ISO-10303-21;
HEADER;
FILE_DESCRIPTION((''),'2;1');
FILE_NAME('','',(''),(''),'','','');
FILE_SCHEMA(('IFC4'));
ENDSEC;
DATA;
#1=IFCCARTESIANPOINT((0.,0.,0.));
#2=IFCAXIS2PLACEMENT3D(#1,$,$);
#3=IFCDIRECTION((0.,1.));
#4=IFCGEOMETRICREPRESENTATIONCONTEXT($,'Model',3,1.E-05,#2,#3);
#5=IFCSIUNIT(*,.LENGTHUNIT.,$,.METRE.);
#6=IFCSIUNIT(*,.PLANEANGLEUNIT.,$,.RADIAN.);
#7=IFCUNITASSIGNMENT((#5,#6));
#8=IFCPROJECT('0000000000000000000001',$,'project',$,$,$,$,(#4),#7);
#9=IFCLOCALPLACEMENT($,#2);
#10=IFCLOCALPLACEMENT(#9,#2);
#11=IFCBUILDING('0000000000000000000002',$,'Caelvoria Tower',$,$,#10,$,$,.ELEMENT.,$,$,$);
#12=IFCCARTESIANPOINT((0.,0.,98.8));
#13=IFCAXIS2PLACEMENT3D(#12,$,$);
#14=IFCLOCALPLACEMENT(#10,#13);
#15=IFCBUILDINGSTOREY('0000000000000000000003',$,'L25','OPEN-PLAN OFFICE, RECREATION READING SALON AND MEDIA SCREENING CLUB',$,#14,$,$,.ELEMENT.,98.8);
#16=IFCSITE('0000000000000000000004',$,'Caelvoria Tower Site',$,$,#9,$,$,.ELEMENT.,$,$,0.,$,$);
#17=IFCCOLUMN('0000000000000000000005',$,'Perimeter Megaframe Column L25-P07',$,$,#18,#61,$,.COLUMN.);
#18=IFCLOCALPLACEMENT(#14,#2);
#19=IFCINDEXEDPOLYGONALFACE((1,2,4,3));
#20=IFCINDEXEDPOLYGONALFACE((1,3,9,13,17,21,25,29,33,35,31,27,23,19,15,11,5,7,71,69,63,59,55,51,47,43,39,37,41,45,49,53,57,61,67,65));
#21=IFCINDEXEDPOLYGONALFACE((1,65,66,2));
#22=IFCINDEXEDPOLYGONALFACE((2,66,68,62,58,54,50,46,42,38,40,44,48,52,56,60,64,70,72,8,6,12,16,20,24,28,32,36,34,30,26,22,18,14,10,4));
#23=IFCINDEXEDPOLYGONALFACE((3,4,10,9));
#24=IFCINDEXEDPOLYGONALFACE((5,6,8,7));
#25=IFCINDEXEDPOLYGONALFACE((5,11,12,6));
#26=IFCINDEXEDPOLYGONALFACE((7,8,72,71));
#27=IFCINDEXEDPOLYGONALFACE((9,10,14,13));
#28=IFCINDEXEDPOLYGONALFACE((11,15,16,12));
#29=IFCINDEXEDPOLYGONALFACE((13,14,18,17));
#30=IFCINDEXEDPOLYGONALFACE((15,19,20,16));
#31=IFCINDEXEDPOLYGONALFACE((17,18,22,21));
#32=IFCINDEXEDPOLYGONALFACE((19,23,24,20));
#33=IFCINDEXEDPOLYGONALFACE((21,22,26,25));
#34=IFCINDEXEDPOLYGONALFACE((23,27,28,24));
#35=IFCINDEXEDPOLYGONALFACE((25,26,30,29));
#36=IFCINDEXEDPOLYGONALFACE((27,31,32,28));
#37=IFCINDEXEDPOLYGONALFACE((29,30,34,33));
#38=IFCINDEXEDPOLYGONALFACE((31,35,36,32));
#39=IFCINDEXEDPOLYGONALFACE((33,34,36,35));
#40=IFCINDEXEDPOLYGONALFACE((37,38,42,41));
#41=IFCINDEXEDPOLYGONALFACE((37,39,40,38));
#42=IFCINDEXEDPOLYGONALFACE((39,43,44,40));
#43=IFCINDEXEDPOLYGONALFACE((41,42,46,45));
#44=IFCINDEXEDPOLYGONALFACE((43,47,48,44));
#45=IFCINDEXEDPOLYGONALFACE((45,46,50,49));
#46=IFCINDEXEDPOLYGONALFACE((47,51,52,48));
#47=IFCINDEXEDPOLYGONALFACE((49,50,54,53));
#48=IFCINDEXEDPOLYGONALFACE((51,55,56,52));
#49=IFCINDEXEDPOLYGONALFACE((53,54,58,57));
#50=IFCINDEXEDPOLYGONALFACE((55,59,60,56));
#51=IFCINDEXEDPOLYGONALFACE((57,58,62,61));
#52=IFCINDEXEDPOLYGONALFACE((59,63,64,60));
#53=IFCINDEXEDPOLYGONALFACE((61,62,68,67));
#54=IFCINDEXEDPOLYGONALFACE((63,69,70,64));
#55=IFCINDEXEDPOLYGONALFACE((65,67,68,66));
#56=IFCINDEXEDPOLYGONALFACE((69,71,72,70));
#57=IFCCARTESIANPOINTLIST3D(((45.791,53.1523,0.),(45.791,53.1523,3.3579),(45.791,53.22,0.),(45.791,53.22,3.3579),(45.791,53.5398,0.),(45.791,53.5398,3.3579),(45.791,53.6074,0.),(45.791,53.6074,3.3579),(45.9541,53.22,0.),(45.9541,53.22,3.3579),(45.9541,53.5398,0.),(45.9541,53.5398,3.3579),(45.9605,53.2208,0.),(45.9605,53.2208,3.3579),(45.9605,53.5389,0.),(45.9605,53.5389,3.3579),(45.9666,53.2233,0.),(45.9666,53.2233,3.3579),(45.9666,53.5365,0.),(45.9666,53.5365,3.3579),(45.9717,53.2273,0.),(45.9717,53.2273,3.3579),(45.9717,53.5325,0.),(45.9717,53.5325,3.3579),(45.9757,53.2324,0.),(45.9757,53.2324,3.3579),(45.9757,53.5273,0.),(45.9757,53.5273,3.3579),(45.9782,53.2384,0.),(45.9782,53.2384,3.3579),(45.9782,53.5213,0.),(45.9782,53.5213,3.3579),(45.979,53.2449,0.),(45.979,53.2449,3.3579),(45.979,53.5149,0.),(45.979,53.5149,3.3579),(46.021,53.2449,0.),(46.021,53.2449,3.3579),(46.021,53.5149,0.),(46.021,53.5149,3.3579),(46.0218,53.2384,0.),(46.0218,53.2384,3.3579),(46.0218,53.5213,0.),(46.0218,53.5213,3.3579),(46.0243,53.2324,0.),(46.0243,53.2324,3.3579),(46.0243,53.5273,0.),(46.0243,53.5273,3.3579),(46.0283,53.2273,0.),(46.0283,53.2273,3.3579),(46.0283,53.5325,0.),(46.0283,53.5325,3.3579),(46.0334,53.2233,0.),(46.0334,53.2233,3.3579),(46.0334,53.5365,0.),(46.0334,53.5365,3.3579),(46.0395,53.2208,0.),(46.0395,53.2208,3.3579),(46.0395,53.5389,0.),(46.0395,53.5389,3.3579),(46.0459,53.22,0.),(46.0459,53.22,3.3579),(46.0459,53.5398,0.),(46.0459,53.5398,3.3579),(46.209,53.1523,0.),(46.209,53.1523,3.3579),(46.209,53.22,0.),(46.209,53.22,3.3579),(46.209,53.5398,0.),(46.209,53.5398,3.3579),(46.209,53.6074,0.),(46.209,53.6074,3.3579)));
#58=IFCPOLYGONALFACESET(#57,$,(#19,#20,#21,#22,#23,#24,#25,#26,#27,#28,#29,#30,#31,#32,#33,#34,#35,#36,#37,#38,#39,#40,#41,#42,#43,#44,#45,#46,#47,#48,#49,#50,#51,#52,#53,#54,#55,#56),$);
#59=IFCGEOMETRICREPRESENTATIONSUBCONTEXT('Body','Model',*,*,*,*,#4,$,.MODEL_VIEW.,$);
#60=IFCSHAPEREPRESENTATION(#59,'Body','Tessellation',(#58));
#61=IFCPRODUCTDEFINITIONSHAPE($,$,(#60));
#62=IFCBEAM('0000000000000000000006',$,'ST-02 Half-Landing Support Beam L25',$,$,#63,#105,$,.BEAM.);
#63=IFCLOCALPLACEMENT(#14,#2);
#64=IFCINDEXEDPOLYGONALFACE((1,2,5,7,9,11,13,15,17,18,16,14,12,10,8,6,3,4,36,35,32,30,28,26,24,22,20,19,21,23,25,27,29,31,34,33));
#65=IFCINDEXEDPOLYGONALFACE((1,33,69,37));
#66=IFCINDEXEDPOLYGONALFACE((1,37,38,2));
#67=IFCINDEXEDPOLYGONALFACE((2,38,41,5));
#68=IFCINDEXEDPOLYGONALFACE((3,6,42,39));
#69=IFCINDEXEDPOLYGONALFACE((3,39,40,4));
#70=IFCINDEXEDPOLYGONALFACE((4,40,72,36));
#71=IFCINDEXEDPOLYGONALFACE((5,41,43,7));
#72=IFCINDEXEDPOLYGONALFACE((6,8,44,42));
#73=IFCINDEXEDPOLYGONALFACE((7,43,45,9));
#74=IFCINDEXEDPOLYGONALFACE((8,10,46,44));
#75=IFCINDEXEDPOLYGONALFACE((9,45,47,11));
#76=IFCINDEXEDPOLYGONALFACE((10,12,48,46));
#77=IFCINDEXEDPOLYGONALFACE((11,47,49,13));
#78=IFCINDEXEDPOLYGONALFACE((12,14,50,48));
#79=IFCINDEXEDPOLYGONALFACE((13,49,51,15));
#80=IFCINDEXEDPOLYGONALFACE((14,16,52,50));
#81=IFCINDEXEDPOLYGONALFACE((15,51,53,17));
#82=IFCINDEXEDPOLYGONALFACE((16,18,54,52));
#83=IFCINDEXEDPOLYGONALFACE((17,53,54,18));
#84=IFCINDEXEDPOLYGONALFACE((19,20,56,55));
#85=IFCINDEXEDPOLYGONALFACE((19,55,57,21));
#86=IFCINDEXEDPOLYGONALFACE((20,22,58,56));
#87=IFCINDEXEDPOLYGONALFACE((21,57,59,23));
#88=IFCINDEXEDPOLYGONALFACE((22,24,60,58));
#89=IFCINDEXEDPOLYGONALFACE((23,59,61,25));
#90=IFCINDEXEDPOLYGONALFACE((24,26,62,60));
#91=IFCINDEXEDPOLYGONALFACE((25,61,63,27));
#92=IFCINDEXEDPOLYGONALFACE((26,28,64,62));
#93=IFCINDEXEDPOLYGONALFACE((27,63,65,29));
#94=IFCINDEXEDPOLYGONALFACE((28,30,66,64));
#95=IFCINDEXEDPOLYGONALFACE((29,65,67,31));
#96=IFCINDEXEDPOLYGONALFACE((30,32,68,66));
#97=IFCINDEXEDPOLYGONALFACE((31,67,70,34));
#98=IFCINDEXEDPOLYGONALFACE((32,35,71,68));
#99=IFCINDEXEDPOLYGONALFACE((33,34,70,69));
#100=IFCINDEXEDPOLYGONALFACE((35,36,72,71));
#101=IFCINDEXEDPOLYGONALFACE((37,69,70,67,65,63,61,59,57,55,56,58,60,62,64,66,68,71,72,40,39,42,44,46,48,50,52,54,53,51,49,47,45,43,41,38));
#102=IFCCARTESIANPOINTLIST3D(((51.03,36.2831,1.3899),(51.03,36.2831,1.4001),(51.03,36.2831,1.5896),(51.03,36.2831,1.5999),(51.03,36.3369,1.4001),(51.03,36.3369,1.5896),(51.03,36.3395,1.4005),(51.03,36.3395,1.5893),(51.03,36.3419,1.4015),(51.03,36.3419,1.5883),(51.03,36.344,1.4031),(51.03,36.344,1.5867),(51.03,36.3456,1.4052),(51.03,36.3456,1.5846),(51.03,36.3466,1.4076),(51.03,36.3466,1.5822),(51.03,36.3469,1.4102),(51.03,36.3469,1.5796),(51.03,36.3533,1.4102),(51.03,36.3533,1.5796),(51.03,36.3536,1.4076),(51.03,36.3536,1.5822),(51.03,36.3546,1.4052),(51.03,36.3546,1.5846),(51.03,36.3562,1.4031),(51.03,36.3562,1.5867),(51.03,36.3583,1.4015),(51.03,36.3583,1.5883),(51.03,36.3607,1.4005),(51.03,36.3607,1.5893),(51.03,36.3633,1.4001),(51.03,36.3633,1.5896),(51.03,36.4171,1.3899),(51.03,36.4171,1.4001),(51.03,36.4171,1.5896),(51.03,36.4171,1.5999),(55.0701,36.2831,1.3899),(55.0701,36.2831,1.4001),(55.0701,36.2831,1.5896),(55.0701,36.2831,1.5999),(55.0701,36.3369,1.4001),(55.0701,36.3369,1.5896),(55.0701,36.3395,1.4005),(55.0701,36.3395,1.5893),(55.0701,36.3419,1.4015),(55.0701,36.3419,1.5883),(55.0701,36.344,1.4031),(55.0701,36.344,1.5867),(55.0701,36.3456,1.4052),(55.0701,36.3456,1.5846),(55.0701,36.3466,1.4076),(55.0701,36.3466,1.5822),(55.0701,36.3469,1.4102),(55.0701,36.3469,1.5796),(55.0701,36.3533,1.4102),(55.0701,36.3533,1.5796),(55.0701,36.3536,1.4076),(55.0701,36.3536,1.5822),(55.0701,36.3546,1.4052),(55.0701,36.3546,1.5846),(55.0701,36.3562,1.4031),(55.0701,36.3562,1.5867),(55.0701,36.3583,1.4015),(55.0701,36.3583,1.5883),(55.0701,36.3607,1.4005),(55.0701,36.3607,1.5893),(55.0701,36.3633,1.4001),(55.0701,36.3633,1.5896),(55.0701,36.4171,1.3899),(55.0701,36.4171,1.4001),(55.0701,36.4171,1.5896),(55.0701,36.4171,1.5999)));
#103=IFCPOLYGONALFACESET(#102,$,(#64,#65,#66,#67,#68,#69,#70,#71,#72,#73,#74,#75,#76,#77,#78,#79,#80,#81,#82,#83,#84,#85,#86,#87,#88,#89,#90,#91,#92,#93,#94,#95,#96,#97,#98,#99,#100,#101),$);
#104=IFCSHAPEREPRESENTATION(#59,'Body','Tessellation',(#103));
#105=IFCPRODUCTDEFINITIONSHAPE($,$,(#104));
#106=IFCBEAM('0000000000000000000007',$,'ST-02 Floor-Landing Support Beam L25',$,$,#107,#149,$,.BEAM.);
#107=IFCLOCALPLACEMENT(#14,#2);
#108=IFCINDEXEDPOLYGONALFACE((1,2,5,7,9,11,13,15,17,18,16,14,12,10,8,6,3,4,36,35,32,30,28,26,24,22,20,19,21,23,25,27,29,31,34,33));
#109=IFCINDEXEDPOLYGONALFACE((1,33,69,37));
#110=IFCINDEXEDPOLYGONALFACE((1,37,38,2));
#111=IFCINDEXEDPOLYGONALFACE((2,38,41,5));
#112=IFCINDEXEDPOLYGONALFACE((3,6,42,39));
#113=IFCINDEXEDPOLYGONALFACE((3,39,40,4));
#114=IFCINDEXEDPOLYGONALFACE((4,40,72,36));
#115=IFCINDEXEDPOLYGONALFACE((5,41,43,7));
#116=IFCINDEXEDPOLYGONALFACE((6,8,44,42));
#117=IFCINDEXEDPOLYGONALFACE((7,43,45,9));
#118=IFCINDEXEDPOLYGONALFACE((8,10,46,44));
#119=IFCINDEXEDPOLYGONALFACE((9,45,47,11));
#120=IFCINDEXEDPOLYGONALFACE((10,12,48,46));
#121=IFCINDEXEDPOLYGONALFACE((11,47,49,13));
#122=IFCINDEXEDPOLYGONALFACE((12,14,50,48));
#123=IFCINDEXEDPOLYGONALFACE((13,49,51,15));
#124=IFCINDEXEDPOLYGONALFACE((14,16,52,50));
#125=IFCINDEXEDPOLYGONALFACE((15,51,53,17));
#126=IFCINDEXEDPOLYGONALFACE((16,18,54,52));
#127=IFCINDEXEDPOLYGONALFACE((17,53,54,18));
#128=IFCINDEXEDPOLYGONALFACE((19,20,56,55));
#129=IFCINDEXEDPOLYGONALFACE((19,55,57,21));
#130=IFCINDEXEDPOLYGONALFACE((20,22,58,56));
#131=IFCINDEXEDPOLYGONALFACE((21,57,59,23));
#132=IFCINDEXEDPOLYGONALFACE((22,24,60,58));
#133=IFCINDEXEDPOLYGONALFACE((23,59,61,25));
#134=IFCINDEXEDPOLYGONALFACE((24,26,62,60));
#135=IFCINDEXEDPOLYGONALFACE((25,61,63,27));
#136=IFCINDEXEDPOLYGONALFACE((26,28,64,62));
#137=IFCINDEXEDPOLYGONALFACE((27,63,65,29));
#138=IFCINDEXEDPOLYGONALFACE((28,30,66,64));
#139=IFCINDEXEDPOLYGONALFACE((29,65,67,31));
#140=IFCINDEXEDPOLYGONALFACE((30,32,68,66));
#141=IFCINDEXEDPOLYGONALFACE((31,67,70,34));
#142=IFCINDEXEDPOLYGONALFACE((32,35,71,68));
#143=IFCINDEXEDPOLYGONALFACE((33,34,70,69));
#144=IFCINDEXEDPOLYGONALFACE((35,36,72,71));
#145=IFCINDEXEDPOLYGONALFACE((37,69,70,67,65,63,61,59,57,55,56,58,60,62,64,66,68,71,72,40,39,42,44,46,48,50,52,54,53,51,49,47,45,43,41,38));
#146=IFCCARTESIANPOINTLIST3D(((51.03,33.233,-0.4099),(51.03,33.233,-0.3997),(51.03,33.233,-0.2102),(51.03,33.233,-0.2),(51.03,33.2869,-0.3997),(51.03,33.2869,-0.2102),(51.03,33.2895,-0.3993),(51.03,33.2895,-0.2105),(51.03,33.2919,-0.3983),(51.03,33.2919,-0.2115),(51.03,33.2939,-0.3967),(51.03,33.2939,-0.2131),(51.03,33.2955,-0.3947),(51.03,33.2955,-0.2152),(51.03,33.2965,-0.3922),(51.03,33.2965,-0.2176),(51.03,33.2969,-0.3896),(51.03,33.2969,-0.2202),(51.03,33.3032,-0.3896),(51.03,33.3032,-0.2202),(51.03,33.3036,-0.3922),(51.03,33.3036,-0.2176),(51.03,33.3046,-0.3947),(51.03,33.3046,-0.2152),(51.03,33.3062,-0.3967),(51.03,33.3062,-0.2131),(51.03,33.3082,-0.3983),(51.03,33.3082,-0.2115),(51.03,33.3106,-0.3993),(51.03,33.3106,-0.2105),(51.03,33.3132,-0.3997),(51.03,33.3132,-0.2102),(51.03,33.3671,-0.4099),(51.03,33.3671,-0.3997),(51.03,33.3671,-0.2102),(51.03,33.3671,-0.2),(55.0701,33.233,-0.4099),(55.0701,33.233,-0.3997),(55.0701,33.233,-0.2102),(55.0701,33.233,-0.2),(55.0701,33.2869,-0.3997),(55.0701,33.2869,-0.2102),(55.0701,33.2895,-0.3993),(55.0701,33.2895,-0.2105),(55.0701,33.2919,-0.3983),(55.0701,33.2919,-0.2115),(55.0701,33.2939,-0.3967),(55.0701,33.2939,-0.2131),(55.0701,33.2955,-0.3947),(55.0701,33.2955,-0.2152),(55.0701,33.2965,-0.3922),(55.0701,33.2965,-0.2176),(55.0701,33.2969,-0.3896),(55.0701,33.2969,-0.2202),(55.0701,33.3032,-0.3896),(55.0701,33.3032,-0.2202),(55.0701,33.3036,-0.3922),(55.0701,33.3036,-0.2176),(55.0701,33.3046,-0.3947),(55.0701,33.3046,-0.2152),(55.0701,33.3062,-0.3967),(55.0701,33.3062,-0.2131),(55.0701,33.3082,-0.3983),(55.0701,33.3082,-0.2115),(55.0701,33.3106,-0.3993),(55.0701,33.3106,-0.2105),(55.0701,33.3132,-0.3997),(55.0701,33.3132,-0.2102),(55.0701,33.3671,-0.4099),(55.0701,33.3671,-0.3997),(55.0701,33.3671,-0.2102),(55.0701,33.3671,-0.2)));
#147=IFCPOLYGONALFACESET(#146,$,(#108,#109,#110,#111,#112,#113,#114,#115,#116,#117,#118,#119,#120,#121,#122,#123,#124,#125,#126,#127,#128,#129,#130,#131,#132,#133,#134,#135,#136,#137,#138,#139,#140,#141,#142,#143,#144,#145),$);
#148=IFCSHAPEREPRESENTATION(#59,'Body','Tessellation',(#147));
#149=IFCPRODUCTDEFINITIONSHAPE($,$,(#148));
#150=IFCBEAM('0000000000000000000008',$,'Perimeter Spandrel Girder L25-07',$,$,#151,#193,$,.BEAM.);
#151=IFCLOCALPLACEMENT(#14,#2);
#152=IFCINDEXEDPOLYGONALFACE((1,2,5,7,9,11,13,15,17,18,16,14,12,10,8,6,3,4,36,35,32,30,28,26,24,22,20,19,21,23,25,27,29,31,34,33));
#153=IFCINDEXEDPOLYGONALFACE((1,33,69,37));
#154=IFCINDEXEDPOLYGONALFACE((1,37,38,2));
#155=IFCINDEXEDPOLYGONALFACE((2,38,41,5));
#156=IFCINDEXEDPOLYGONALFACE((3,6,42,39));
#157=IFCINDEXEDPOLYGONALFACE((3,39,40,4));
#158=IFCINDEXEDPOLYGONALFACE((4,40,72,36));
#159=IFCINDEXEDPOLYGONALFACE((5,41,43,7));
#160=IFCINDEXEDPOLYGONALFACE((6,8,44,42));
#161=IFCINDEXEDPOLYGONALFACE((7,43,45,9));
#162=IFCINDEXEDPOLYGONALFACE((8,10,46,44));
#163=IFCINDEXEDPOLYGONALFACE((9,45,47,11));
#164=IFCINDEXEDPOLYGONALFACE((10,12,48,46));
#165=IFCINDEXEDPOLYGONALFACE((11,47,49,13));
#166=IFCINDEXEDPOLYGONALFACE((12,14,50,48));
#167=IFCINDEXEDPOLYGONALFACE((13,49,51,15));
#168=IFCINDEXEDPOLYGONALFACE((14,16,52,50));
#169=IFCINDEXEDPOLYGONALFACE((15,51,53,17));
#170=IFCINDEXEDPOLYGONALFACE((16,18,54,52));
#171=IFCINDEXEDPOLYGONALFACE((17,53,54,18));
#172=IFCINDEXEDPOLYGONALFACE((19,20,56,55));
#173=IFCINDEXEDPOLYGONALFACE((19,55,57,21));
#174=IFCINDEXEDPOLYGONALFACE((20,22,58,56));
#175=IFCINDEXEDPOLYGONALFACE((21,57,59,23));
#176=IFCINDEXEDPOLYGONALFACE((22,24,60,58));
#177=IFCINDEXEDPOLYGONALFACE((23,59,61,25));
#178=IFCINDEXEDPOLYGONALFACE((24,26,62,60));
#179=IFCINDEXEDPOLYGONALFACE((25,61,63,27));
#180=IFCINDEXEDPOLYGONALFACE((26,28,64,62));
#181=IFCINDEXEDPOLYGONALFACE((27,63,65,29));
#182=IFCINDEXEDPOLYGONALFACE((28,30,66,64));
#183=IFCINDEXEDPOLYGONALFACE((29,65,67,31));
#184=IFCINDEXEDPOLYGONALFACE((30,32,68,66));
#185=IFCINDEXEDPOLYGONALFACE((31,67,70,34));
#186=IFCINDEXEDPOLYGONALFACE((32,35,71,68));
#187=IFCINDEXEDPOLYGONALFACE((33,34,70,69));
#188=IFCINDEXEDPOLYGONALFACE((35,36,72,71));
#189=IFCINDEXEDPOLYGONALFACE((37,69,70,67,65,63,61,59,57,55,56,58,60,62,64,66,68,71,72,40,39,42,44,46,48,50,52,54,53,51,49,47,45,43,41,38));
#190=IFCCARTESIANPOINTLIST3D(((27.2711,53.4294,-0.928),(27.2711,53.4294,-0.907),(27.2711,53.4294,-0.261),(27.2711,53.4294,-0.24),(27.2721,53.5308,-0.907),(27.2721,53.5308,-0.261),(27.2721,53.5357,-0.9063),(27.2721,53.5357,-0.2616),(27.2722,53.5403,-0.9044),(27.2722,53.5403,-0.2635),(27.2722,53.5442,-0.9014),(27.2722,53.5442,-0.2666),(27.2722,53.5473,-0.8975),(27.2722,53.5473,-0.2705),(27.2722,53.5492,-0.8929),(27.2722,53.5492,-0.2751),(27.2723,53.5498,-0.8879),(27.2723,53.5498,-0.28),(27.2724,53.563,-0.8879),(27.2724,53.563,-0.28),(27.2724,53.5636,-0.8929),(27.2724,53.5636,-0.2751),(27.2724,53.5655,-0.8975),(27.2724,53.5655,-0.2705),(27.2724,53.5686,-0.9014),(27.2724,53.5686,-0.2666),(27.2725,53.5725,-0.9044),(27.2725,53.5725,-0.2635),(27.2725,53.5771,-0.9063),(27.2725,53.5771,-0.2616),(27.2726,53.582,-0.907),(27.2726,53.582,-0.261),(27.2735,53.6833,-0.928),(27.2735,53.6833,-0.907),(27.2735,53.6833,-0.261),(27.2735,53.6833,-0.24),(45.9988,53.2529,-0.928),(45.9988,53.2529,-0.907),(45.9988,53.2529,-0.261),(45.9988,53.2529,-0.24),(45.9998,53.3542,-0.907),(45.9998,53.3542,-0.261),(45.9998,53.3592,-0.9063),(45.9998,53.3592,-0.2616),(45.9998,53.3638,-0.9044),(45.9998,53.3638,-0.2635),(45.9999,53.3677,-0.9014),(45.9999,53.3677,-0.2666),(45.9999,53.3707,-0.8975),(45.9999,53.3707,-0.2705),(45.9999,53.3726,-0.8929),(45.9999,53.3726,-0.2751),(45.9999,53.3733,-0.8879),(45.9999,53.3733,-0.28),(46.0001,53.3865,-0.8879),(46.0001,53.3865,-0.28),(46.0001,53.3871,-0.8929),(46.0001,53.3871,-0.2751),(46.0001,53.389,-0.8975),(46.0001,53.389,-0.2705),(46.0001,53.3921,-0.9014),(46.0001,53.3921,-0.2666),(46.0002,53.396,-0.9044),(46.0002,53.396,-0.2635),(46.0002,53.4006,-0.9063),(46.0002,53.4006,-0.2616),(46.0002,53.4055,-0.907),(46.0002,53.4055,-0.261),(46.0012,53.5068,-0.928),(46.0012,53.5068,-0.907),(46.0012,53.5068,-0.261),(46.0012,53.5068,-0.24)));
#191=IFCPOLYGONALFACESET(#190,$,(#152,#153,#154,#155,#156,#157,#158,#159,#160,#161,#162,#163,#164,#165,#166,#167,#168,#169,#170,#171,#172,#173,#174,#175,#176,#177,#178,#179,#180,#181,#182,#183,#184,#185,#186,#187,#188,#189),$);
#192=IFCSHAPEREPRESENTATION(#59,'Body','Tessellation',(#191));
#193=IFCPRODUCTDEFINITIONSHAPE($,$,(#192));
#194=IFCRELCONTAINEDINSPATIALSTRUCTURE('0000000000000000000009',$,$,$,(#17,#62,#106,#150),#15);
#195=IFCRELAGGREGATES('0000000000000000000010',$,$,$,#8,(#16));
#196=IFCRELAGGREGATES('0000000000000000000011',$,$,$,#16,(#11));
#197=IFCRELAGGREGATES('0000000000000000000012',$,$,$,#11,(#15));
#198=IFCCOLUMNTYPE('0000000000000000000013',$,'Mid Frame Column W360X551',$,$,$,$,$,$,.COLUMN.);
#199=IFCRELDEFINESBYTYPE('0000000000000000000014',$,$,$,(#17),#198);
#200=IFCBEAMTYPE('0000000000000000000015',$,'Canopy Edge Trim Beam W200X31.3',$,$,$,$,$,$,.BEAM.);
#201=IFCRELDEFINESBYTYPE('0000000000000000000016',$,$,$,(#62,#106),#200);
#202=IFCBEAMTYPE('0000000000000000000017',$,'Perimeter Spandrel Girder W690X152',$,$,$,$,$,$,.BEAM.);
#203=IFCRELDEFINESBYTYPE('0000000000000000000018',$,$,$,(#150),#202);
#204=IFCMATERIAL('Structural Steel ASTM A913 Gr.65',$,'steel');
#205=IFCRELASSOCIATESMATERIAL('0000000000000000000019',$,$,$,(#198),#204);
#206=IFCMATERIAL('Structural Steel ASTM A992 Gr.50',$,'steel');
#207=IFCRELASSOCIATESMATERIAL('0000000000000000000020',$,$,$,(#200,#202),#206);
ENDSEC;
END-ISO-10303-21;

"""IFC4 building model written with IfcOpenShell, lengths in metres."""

from ifc_helpers import new_model, si_unit, direction, frame, origin, origin_2d, place, context, subcontext, project, spatial, i_section, extrude, material, material_profile, profile_set, type_object, element, save


model = new_model("IFC4")

# Units and contexts
model_context = context("Model", 3, precision=1e-05, world=origin(), true_north=direction((0.0, 1.0)))
body_context = subcontext(model_context, "Body", "Model", "MODEL_VIEW")
ifc_project = project(units=[si_unit("LENGTHUNIT", "METRE"), si_unit("PLANEANGLEUNIT", "RADIAN")], contexts=[model_context])

# Site, building, storey
site_placement = place(None, origin())
site = spatial("IfcSite", under=ifc_project, at=site_placement, Name="Caelvoria Tower Site", CompositionType="ELEMENT", RefElevation=0.0)
building_placement = place(site_placement, origin())
building = spatial("IfcBuilding", under=site, at=building_placement, Name="Caelvoria Tower", CompositionType="ELEMENT")
storey_placement = place(building_placement, frame((0.0, 0.0, 98.8)))
storey = spatial("IfcBuildingStorey", under=building, at=storey_placement, Name="L25", Description="OPEN-PLAN OFFICE, RECREATION READING SALON AND MEDIA SCREENING CLUB", CompositionType="ELEMENT", Elevation=98.8)

# Column
ifc_material_1 = material(Name="Structural Steel ASTM A913 Gr.65", Category="steel")
ifc_material_profile_1 = material_profile(ifc_material_1, i_section(OverallWidth=0.418, OverallDepth=0.4551, WebThickness=0.042, FlangeThickness=0.0676, FilletRadius=0.0249, at=origin_2d()), Name="Structural Steel ASTM A913 Gr.65")
ifc_profile_set_1 = profile_set([ifc_material_profile_1], Name="W360X551 - Structural Steel ASTM A913 Gr.65")
column_type = type_object("IfcColumnType", Name="Mid Frame Column W360X551", PredefinedType="COLUMN", material=ifc_profile_set_1)
column_placement = place(storey_placement, frame((46.0, 53.3799, 0.0), z_axis=(0.0, 0.0, 1.0), x_axis=(1.0, 0.0, 0.0)))
element("IfcColumn", 1, at=column_placement, inside=storey, type_object=column_type, Name="Perimeter Megaframe Column L25-P07", PredefinedType="COLUMN", context=body_context, shape_type="SweptSolid", body=[
    extrude(i_section(OverallWidth=0.418, OverallDepth=0.4551, WebThickness=0.042, FlangeThickness=0.0676, FilletRadius=0.0249, at=origin_2d()), origin(), (0.0, 0.0, 1.0), 3.3579),
])

# Beams
ifc_material_2 = material(Name="Structural Steel ASTM A992 Gr.50", Category="steel")
ifc_material_profile_2 = material_profile(ifc_material_2, i_section(OverallWidth=0.134, OverallDepth=0.21, WebThickness=0.0063, FlangeThickness=0.0103, FilletRadius=0.01, at=origin_2d()), Name="Structural Steel ASTM A992 Gr.50")
ifc_profile_set_2 = profile_set([ifc_material_profile_2], Name="W200X31.3 - Structural Steel ASTM A992 Gr.50")
beam_type_1 = type_object("IfcBeamType", Name="Canopy Edge Trim Beam W200X31.3", PredefinedType="BEAM", material=ifc_profile_set_2)
for number, where, z_axis, x_axis, name in (
    (2, (51.03, 36.3501, 1.4949), (1.0, 0.0, 0.0), (0.0, 1.0, 0.0), "ST-02 Half-Landing Support Beam L25"),
    (3, (51.03, 33.3, -0.3049), (1.0, 0.0, 0.0), (0.0, 1.0, 0.0), "ST-02 Floor-Landing Support Beam L25"),
):
    element("IfcBeam", number, at=place(storey_placement, frame(where, z_axis=z_axis, x_axis=x_axis)), inside=storey, type_object=beam_type_1, Name=name, PredefinedType="BEAM", context=body_context, shape_type="SweptSolid", body=[
        extrude(i_section(OverallWidth=0.134, OverallDepth=0.21, WebThickness=0.0063, FlangeThickness=0.0103, FilletRadius=0.01, at=origin_2d()), origin(), (0.0, 0.0, 1.0), 4.04),
    ])
ifc_material_profile_3 = material_profile(ifc_material_2, i_section(OverallWidth=0.2539, OverallDepth=0.688, WebThickness=0.0132, FlangeThickness=0.021, FilletRadius=0.019, at=origin_2d()), Name="Structural Steel ASTM A992 Gr.50")
ifc_profile_set_3 = profile_set([ifc_material_profile_3], Name="W690X152 - Structural Steel ASTM A992 Gr.50")
beam_type_2 = type_object("IfcBeamType", Name="Perimeter Spandrel Girder W690X152", PredefinedType="BEAM", material=ifc_profile_set_3)
beam_1_placement = place(storey_placement, frame((46.0, 53.3799, -0.584), z_axis=(-0.999956, 0.009425, 0.0), x_axis=(-0.009425, -0.999956, 0.0)))
element("IfcBeam", 4, at=beam_1_placement, inside=storey, type_object=beam_type_2, Name="Perimeter Spandrel Girder L25-07", PredefinedType="BEAM", context=body_context, shape_type="SweptSolid", body=[
    extrude(i_section(OverallWidth=0.2539, OverallDepth=0.688, WebThickness=0.0132, FlangeThickness=0.021, FilletRadius=0.019, at=origin_2d()), origin(), (0.0, 0.0, 1.0), 18.7285),
])

save(model, "model.ifc")
